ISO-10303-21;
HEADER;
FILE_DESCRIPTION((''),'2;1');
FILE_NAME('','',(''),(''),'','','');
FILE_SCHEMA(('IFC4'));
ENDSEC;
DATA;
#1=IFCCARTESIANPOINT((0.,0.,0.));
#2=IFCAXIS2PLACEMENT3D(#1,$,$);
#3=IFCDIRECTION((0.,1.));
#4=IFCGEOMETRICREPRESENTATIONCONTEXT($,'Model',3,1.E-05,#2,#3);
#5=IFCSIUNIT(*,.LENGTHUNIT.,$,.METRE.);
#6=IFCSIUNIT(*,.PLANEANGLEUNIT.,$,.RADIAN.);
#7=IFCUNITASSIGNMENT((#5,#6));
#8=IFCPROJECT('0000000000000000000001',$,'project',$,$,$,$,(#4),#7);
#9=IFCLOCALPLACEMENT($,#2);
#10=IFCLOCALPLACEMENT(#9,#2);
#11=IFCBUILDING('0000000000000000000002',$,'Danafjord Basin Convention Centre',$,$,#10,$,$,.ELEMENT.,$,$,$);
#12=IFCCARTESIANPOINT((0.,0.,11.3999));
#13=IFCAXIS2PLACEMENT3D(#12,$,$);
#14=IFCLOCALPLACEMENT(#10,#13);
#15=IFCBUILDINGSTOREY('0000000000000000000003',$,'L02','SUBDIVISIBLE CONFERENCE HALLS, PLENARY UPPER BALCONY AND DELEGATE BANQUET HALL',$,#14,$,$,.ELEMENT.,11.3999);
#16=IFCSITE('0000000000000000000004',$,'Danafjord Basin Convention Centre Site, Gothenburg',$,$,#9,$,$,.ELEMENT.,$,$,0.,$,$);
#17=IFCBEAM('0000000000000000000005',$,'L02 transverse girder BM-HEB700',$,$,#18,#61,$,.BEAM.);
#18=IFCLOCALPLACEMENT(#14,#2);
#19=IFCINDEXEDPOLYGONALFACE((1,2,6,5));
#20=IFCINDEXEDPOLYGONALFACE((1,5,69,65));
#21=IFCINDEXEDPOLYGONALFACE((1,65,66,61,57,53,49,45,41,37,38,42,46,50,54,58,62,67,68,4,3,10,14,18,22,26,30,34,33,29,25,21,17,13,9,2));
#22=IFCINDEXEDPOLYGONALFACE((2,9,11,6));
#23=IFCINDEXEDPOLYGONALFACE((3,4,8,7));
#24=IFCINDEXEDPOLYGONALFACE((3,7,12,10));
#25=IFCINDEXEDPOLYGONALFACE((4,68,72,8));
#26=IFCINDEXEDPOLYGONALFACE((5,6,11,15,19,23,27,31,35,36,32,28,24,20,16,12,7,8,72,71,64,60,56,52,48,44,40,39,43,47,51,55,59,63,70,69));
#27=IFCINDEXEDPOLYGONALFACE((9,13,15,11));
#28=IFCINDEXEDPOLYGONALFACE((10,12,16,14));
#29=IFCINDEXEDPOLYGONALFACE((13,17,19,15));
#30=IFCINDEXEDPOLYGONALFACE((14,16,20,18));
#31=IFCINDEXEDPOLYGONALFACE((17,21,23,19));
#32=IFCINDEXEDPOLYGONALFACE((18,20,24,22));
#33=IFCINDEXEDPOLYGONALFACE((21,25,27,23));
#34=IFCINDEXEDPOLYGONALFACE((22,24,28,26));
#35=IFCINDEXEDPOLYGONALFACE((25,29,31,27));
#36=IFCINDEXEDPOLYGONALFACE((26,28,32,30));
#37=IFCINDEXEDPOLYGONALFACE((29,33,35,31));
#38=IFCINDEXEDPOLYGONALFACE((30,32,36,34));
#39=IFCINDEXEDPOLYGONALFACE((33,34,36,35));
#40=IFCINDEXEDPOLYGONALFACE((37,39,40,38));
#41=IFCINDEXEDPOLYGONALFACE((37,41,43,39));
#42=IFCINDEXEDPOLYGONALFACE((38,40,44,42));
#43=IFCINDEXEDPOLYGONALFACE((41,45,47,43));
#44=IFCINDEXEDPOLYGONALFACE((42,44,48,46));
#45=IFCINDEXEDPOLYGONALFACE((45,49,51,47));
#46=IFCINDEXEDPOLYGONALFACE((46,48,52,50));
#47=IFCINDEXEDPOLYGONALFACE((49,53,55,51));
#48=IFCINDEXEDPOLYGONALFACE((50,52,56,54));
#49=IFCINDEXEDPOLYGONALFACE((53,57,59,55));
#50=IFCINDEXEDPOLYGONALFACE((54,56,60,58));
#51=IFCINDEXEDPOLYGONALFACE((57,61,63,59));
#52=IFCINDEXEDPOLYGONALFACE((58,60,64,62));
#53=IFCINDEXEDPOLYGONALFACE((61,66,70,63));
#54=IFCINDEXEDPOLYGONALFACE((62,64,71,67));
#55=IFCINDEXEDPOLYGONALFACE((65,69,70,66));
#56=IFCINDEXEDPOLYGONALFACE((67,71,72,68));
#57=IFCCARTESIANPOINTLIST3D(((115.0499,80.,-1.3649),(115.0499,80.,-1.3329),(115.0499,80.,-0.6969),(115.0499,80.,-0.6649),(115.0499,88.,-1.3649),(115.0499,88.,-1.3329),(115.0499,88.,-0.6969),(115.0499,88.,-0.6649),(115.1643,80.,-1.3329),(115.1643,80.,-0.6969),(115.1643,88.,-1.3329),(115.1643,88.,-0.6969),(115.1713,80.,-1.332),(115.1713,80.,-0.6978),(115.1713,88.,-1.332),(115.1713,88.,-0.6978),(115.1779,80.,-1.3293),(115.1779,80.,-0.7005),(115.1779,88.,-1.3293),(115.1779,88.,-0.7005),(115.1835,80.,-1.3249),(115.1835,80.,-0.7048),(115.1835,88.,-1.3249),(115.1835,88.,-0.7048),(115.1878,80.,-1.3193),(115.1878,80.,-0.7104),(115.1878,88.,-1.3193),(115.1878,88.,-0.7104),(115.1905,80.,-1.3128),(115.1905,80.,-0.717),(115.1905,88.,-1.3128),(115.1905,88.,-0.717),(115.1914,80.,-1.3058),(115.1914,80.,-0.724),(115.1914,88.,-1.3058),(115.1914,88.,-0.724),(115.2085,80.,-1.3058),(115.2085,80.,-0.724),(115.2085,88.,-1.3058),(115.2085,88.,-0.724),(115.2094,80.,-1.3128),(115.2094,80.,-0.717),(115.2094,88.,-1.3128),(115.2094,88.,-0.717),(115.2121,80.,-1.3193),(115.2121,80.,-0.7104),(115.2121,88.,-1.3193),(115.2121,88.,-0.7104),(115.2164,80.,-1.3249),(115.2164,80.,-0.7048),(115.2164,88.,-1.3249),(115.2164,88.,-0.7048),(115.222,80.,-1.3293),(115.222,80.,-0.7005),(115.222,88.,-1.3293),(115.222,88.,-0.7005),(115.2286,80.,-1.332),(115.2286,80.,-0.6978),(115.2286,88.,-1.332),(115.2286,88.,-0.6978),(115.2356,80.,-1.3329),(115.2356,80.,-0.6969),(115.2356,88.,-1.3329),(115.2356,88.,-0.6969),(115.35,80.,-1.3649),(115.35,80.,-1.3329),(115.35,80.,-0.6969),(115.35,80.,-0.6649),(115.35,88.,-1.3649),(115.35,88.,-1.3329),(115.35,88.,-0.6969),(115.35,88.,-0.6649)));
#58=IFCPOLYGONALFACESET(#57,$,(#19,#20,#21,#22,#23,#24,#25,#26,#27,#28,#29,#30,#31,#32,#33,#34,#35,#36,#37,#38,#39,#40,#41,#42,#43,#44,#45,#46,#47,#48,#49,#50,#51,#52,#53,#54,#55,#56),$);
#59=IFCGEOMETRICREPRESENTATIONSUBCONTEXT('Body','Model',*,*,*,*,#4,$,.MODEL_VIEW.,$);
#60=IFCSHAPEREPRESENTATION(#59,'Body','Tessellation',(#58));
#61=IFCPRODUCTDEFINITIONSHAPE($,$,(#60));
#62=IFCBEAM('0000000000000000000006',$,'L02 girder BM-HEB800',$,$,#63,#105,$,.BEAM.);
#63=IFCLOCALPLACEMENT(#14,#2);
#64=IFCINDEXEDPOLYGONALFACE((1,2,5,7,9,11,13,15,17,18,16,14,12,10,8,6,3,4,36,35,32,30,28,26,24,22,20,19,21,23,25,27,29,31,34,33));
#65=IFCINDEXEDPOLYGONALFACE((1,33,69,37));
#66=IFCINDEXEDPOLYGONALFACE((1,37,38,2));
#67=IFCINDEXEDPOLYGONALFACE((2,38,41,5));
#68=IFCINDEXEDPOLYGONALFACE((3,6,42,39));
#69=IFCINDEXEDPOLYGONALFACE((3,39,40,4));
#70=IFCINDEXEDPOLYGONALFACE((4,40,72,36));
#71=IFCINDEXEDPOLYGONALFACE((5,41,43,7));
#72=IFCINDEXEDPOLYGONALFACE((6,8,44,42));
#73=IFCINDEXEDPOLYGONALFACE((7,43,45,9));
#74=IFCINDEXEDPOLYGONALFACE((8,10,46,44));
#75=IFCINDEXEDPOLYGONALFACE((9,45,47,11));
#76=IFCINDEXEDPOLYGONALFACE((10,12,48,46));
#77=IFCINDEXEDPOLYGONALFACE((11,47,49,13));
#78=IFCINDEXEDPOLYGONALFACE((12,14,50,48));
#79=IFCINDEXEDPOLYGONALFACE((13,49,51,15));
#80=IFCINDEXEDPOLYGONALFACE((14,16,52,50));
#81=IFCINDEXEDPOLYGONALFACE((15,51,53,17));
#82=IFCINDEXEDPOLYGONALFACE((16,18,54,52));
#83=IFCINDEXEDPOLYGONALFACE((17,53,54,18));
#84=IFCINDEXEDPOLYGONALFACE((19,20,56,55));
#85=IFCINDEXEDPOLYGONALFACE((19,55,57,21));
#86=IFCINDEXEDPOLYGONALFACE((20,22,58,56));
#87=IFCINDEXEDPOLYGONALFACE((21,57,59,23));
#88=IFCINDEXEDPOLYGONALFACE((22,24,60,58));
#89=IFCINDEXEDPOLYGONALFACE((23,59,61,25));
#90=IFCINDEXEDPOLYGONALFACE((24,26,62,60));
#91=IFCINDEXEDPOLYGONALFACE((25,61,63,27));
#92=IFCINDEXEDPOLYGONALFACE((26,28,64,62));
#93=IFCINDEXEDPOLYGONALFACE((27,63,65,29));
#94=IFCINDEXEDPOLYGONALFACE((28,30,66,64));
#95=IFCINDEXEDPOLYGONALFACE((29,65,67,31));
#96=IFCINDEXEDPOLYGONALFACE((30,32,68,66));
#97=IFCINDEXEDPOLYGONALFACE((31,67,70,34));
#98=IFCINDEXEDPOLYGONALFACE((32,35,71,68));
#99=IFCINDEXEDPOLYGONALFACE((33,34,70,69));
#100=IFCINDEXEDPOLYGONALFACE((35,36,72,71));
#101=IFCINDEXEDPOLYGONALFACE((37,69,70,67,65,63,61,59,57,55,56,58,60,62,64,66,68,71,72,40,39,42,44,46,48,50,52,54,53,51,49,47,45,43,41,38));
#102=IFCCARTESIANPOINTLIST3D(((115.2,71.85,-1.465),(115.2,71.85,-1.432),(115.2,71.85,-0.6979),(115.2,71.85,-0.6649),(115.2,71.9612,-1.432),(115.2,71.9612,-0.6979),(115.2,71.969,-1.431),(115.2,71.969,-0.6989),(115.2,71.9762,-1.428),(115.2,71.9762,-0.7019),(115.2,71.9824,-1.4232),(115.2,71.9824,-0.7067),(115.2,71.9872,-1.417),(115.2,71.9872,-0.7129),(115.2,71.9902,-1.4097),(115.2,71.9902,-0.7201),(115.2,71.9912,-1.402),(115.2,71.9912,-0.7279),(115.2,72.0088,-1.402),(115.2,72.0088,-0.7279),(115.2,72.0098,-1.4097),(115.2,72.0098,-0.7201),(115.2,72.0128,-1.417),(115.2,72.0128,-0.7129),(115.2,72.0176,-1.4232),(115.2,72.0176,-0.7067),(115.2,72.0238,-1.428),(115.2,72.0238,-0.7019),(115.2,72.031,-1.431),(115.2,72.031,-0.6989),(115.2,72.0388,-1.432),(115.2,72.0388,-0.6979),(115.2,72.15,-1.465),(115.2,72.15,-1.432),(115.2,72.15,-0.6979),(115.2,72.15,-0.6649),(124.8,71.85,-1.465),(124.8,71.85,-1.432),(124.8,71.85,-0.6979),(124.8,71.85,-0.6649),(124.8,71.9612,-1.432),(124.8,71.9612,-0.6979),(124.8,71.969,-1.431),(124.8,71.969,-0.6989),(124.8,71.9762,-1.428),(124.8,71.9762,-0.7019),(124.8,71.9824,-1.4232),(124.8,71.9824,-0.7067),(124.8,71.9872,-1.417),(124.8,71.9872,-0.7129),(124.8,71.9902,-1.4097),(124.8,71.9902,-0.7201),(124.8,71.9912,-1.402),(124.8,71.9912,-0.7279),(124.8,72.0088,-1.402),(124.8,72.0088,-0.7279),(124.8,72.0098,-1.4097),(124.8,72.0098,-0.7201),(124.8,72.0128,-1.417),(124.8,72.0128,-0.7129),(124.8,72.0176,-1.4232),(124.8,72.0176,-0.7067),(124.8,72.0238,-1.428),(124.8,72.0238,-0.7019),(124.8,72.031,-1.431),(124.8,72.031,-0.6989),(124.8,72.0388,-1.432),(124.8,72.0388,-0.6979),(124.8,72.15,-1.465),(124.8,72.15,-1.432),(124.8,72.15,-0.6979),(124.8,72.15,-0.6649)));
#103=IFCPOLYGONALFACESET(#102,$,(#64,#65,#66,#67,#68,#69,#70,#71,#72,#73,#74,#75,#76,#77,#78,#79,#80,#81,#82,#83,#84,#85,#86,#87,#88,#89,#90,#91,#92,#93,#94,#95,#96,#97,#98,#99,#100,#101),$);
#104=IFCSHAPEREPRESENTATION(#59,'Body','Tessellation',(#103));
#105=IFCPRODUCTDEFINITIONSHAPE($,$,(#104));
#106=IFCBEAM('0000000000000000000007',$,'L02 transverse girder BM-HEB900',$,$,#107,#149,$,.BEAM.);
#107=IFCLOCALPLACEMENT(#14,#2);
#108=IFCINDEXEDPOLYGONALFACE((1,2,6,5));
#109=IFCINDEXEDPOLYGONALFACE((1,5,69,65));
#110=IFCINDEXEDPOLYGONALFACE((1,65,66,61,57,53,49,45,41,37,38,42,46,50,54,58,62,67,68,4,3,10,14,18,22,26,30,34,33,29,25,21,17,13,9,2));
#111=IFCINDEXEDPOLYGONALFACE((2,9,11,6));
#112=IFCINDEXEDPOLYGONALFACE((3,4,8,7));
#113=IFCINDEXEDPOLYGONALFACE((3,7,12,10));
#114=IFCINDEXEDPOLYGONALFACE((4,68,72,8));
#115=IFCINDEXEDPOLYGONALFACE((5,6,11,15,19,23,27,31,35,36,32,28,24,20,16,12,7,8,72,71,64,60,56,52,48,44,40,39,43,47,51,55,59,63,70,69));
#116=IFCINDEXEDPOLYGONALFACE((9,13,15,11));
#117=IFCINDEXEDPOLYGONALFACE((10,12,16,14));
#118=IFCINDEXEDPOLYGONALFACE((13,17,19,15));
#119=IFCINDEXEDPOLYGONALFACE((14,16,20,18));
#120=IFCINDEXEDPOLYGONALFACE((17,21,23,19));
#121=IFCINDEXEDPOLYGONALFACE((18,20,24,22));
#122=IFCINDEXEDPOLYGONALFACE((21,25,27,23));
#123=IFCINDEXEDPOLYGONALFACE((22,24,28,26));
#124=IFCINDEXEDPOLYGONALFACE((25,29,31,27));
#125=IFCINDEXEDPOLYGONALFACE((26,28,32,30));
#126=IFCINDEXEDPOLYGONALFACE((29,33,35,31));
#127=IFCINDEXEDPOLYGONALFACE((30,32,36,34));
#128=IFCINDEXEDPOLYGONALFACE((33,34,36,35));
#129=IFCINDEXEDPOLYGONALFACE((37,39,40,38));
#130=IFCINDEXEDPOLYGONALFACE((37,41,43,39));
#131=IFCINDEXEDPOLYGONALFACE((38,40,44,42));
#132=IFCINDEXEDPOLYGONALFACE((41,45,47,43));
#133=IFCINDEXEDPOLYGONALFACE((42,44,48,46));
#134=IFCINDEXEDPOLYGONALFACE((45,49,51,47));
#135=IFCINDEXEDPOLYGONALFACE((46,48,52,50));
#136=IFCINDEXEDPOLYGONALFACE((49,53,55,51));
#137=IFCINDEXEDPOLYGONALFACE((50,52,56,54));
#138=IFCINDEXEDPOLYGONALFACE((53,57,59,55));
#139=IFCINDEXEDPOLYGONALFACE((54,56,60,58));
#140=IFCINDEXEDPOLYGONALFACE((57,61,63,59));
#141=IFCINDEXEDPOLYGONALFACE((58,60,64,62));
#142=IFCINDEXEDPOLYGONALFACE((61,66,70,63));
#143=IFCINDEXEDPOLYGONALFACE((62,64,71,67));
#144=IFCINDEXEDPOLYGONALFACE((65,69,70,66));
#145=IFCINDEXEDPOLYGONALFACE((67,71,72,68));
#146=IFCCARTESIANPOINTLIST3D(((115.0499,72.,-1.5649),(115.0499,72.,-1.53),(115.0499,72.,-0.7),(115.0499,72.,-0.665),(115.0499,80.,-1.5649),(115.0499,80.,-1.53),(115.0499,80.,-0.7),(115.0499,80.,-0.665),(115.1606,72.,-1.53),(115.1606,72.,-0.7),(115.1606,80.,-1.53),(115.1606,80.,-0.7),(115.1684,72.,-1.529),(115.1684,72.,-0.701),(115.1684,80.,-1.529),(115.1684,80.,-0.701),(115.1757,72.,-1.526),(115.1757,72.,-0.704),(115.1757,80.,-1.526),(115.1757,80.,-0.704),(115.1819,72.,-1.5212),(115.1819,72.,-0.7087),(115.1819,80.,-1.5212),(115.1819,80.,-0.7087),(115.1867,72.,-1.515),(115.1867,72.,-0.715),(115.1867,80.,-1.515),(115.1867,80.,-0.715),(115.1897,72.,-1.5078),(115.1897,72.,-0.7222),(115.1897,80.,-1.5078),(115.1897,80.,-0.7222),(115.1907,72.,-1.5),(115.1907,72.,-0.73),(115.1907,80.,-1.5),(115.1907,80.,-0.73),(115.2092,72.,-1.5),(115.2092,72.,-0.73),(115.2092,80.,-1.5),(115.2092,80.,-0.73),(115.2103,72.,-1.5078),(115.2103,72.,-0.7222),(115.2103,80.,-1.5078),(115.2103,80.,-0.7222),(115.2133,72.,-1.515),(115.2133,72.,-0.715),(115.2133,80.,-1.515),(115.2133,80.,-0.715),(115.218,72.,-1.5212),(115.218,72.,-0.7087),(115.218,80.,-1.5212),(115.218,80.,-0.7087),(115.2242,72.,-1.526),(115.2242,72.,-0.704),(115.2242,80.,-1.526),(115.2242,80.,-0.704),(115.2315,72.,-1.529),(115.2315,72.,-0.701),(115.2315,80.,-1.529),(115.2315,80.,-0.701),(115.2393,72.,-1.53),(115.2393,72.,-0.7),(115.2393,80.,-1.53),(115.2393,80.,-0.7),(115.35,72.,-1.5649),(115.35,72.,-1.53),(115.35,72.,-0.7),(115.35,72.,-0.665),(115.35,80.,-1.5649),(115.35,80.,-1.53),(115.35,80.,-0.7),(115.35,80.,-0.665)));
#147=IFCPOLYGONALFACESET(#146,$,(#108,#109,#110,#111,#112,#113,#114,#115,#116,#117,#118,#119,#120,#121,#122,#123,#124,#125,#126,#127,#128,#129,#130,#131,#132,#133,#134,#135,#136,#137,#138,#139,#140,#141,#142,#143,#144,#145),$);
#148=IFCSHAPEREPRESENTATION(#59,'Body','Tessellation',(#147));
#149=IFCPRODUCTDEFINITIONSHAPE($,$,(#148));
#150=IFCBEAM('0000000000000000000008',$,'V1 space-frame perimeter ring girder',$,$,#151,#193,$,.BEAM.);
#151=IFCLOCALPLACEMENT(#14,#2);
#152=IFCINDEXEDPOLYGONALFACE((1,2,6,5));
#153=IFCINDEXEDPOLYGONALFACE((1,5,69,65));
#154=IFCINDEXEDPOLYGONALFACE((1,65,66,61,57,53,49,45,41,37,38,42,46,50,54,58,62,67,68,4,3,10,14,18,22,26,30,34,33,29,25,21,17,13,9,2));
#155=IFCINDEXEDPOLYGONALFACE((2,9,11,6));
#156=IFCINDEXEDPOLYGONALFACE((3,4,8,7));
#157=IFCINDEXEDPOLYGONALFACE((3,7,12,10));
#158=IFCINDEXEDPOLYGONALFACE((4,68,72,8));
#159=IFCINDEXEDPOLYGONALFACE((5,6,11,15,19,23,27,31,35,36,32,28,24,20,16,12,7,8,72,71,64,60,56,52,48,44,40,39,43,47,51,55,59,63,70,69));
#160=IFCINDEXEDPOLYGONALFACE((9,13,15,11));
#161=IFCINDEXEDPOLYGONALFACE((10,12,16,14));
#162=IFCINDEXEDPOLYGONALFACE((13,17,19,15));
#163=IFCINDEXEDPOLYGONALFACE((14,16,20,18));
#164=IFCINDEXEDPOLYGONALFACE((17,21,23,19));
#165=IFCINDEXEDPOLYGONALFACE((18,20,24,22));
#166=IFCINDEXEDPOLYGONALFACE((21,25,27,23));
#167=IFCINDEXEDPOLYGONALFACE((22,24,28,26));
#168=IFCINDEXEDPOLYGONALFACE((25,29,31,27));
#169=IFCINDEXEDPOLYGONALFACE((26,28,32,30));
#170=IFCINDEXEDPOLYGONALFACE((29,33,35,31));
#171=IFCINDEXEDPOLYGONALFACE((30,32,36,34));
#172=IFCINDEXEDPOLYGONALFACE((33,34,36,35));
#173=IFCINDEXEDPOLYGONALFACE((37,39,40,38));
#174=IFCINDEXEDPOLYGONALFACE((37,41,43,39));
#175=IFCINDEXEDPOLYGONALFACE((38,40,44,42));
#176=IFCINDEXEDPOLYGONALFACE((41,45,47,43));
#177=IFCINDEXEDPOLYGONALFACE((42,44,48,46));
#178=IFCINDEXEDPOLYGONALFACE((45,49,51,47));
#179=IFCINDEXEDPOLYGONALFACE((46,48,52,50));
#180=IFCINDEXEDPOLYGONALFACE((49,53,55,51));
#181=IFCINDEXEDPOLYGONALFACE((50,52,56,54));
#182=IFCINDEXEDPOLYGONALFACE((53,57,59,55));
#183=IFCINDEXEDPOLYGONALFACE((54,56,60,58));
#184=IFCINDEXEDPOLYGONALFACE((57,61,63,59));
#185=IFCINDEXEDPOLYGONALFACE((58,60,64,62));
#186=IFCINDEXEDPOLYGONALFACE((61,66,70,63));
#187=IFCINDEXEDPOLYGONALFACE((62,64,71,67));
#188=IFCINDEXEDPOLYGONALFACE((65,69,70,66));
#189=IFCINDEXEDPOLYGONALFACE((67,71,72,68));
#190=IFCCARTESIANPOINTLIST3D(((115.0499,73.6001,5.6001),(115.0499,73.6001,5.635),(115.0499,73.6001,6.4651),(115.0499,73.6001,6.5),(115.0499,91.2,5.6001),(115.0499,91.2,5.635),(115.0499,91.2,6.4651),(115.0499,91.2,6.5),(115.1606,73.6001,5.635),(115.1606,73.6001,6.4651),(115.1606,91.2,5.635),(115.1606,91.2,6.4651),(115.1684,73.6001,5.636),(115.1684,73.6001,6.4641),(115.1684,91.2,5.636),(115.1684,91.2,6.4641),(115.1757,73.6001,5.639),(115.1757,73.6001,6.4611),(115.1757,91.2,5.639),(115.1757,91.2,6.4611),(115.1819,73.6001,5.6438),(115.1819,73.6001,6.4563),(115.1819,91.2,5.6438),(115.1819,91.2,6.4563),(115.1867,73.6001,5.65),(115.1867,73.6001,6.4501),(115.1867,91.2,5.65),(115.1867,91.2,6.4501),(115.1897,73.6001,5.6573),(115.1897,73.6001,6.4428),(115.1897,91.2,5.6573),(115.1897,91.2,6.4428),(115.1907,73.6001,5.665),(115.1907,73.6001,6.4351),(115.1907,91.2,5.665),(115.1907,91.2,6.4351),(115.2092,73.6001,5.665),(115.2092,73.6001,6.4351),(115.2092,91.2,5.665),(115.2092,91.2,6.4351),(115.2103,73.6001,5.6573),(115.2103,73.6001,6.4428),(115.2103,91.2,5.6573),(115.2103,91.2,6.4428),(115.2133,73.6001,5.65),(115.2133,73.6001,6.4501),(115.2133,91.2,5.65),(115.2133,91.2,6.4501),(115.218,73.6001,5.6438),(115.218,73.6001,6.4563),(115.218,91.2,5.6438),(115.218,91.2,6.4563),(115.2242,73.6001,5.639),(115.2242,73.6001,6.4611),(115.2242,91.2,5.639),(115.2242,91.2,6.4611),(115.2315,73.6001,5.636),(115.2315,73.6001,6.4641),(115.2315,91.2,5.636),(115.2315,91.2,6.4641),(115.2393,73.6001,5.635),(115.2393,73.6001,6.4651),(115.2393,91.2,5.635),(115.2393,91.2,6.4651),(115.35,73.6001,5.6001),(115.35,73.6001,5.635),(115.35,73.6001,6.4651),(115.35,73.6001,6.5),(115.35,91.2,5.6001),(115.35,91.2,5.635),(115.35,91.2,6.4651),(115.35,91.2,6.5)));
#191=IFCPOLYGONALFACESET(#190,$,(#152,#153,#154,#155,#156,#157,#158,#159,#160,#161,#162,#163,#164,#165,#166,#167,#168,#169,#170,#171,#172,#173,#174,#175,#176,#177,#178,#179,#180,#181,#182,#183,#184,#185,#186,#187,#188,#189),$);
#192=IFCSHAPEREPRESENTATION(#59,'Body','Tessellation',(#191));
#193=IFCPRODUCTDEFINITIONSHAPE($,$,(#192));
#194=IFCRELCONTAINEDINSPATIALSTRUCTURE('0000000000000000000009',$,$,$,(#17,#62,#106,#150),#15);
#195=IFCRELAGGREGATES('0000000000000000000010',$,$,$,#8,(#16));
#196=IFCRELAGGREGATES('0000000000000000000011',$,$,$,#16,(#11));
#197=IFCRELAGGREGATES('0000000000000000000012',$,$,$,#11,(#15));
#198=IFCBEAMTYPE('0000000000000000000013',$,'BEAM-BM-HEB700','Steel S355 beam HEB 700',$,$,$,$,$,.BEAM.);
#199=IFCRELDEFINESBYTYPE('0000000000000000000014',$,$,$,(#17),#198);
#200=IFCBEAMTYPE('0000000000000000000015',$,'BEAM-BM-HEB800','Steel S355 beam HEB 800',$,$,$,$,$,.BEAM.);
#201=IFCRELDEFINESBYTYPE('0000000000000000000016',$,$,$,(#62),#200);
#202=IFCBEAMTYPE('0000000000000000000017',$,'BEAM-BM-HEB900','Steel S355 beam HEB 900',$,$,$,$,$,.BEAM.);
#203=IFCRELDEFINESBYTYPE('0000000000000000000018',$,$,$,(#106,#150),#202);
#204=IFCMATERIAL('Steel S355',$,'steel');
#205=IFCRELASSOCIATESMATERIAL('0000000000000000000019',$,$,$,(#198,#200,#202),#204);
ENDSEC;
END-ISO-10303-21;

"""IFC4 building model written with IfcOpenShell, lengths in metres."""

from ifc_helpers import new_model, si_unit, direction, frame, origin, origin_2d, place, context, subcontext, project, spatial, i_section, extrude, material, material_profile, profile_set, type_object, element, save


model = new_model("IFC4")

# Units and contexts
model_context = context("Model", 3, precision=1e-05, world=origin(), true_north=direction((0.0, 1.0)))
body_context = subcontext(model_context, "Body", "Model", "MODEL_VIEW")
ifc_project = project(units=[si_unit("LENGTHUNIT", "METRE"), si_unit("PLANEANGLEUNIT", "RADIAN")], contexts=[model_context])

# Site, building, storey
site_placement = place(None, origin())
site = spatial("IfcSite", under=ifc_project, at=site_placement, Name="Danafjord Basin Convention Centre Site, Gothenburg", CompositionType="ELEMENT", RefElevation=0.0)
building_placement = place(site_placement, origin())
building = spatial("IfcBuilding", under=site, at=building_placement, Name="Danafjord Basin Convention Centre", CompositionType="ELEMENT")
storey_placement = place(building_placement, frame((0.0, 0.0, 11.3999)))
storey = spatial("IfcBuildingStorey", under=building, at=storey_placement, Name="L02", Description="SUBDIVISIBLE CONFERENCE HALLS, PLENARY UPPER BALCONY AND DELEGATE BANQUET HALL", CompositionType="ELEMENT", Elevation=11.3999)

# Beams
ifc_material_1 = material(Name="Steel S355", Category="steel")
ifc_material_profile_1 = material_profile(ifc_material_1, i_section(OverallWidth=0.3, OverallDepth=0.7, WebThickness=0.0171, FlangeThickness=0.032, FilletRadius=0.0271, at=origin_2d()), Name="HEB 700")
ifc_profile_set_1 = profile_set([ifc_material_profile_1], Name="Steel S355")
beam_type_1 = type_object("IfcBeamType", Name="BEAM-BM-HEB700", Description="Steel S355 beam HEB 700", PredefinedType="BEAM", material=ifc_profile_set_1)
beam_1_placement = place(storey_placement, frame((115.2, 80.0, -1.0149), z_axis=(0.0, 1.0, 0.0), x_axis=(-1.0, 0.0, 0.0)))
element("IfcBeam", 1, at=beam_1_placement, inside=storey, type_object=beam_type_1, Name="L02 transverse girder BM-HEB700", PredefinedType="BEAM", context=body_context, shape_type="SweptSolid", body=[
    extrude(i_section(OverallWidth=0.3, OverallDepth=0.7, WebThickness=0.0171, FlangeThickness=0.032, FilletRadius=0.0271, at=origin_2d()), origin(), (0.0, 0.0, 1.0), 8.0),
])
ifc_material_profile_2 = material_profile(ifc_material_1, i_section(OverallWidth=0.3, OverallDepth=0.8, WebThickness=0.0176, FlangeThickness=0.033, FilletRadius=0.03, at=origin_2d()), Name="HEB 800")
ifc_profile_set_2 = profile_set([ifc_material_profile_2], Name="Steel S355")
beam_type_2 = type_object("IfcBeamType", Name="BEAM-BM-HEB800", Description="Steel S355 beam HEB 800", PredefinedType="BEAM", material=ifc_profile_set_2)
beam_2_placement = place(storey_placement, frame((115.2, 72.0, -1.0649), z_axis=(1.0, 0.0, 0.0), x_axis=(0.0, 1.0, 0.0)))
element("IfcBeam", 2, at=beam_2_placement, inside=storey, type_object=beam_type_2, Name="L02 girder BM-HEB800", PredefinedType="BEAM", context=body_context, shape_type="SweptSolid", body=[
    extrude(i_section(OverallWidth=0.3, OverallDepth=0.8, WebThickness=0.0176, FlangeThickness=0.033, FilletRadius=0.03, at=origin_2d()), origin(), (0.0, 0.0, 1.0), 9.6001),
])
ifc_material_profile_3 = material_profile(ifc_material_1, i_section(OverallWidth=0.3, OverallDepth=0.8999, WebThickness=0.0186, FlangeThickness=0.0349, FilletRadius=0.03, at=origin_2d()), Name="HEB 900")
ifc_profile_set_3 = profile_set([ifc_material_profile_3], Name="Steel S355")
beam_type_3 = type_object("IfcBeamType", Name="BEAM-BM-HEB900", Description="Steel S355 beam HEB 900", PredefinedType="BEAM", material=ifc_profile_set_3)
beam_3_placement = place(storey_placement, frame((115.2, 72.0, -1.115), z_axis=(0.0, 1.0, 0.0), x_axis=(-1.0, 0.0, 0.0)))
element("IfcBeam", 3, at=beam_3_placement, inside=storey, type_object=beam_type_3, Name="L02 transverse girder BM-HEB900", PredefinedType="BEAM", context=body_context, shape_type="SweptSolid", body=[
    extrude(i_section(OverallWidth=0.3, OverallDepth=0.8999, WebThickness=0.0186, FlangeThickness=0.0349, FilletRadius=0.03, at=origin_2d()), origin(), (0.0, 0.0, 1.0), 8.0),
])
beam_4_placement = place(storey_placement, frame((115.2, 73.6001, 6.05), z_axis=(0.0, 1.0, 0.0), x_axis=(-1.0, 0.0, 0.0)))
element("IfcBeam", 4, at=beam_4_placement, inside=storey, type_object=beam_type_3, Name="V1 space-frame perimeter ring girder", PredefinedType="BEAM", context=body_context, shape_type="SweptSolid", body=[
    extrude(i_section(OverallWidth=0.3, OverallDepth=0.8999, WebThickness=0.0186, FlangeThickness=0.0349, FilletRadius=0.03, at=origin_2d()), origin(), (0.0, 0.0, 1.0), 17.5999),
])

save(model, "model.ifc")
